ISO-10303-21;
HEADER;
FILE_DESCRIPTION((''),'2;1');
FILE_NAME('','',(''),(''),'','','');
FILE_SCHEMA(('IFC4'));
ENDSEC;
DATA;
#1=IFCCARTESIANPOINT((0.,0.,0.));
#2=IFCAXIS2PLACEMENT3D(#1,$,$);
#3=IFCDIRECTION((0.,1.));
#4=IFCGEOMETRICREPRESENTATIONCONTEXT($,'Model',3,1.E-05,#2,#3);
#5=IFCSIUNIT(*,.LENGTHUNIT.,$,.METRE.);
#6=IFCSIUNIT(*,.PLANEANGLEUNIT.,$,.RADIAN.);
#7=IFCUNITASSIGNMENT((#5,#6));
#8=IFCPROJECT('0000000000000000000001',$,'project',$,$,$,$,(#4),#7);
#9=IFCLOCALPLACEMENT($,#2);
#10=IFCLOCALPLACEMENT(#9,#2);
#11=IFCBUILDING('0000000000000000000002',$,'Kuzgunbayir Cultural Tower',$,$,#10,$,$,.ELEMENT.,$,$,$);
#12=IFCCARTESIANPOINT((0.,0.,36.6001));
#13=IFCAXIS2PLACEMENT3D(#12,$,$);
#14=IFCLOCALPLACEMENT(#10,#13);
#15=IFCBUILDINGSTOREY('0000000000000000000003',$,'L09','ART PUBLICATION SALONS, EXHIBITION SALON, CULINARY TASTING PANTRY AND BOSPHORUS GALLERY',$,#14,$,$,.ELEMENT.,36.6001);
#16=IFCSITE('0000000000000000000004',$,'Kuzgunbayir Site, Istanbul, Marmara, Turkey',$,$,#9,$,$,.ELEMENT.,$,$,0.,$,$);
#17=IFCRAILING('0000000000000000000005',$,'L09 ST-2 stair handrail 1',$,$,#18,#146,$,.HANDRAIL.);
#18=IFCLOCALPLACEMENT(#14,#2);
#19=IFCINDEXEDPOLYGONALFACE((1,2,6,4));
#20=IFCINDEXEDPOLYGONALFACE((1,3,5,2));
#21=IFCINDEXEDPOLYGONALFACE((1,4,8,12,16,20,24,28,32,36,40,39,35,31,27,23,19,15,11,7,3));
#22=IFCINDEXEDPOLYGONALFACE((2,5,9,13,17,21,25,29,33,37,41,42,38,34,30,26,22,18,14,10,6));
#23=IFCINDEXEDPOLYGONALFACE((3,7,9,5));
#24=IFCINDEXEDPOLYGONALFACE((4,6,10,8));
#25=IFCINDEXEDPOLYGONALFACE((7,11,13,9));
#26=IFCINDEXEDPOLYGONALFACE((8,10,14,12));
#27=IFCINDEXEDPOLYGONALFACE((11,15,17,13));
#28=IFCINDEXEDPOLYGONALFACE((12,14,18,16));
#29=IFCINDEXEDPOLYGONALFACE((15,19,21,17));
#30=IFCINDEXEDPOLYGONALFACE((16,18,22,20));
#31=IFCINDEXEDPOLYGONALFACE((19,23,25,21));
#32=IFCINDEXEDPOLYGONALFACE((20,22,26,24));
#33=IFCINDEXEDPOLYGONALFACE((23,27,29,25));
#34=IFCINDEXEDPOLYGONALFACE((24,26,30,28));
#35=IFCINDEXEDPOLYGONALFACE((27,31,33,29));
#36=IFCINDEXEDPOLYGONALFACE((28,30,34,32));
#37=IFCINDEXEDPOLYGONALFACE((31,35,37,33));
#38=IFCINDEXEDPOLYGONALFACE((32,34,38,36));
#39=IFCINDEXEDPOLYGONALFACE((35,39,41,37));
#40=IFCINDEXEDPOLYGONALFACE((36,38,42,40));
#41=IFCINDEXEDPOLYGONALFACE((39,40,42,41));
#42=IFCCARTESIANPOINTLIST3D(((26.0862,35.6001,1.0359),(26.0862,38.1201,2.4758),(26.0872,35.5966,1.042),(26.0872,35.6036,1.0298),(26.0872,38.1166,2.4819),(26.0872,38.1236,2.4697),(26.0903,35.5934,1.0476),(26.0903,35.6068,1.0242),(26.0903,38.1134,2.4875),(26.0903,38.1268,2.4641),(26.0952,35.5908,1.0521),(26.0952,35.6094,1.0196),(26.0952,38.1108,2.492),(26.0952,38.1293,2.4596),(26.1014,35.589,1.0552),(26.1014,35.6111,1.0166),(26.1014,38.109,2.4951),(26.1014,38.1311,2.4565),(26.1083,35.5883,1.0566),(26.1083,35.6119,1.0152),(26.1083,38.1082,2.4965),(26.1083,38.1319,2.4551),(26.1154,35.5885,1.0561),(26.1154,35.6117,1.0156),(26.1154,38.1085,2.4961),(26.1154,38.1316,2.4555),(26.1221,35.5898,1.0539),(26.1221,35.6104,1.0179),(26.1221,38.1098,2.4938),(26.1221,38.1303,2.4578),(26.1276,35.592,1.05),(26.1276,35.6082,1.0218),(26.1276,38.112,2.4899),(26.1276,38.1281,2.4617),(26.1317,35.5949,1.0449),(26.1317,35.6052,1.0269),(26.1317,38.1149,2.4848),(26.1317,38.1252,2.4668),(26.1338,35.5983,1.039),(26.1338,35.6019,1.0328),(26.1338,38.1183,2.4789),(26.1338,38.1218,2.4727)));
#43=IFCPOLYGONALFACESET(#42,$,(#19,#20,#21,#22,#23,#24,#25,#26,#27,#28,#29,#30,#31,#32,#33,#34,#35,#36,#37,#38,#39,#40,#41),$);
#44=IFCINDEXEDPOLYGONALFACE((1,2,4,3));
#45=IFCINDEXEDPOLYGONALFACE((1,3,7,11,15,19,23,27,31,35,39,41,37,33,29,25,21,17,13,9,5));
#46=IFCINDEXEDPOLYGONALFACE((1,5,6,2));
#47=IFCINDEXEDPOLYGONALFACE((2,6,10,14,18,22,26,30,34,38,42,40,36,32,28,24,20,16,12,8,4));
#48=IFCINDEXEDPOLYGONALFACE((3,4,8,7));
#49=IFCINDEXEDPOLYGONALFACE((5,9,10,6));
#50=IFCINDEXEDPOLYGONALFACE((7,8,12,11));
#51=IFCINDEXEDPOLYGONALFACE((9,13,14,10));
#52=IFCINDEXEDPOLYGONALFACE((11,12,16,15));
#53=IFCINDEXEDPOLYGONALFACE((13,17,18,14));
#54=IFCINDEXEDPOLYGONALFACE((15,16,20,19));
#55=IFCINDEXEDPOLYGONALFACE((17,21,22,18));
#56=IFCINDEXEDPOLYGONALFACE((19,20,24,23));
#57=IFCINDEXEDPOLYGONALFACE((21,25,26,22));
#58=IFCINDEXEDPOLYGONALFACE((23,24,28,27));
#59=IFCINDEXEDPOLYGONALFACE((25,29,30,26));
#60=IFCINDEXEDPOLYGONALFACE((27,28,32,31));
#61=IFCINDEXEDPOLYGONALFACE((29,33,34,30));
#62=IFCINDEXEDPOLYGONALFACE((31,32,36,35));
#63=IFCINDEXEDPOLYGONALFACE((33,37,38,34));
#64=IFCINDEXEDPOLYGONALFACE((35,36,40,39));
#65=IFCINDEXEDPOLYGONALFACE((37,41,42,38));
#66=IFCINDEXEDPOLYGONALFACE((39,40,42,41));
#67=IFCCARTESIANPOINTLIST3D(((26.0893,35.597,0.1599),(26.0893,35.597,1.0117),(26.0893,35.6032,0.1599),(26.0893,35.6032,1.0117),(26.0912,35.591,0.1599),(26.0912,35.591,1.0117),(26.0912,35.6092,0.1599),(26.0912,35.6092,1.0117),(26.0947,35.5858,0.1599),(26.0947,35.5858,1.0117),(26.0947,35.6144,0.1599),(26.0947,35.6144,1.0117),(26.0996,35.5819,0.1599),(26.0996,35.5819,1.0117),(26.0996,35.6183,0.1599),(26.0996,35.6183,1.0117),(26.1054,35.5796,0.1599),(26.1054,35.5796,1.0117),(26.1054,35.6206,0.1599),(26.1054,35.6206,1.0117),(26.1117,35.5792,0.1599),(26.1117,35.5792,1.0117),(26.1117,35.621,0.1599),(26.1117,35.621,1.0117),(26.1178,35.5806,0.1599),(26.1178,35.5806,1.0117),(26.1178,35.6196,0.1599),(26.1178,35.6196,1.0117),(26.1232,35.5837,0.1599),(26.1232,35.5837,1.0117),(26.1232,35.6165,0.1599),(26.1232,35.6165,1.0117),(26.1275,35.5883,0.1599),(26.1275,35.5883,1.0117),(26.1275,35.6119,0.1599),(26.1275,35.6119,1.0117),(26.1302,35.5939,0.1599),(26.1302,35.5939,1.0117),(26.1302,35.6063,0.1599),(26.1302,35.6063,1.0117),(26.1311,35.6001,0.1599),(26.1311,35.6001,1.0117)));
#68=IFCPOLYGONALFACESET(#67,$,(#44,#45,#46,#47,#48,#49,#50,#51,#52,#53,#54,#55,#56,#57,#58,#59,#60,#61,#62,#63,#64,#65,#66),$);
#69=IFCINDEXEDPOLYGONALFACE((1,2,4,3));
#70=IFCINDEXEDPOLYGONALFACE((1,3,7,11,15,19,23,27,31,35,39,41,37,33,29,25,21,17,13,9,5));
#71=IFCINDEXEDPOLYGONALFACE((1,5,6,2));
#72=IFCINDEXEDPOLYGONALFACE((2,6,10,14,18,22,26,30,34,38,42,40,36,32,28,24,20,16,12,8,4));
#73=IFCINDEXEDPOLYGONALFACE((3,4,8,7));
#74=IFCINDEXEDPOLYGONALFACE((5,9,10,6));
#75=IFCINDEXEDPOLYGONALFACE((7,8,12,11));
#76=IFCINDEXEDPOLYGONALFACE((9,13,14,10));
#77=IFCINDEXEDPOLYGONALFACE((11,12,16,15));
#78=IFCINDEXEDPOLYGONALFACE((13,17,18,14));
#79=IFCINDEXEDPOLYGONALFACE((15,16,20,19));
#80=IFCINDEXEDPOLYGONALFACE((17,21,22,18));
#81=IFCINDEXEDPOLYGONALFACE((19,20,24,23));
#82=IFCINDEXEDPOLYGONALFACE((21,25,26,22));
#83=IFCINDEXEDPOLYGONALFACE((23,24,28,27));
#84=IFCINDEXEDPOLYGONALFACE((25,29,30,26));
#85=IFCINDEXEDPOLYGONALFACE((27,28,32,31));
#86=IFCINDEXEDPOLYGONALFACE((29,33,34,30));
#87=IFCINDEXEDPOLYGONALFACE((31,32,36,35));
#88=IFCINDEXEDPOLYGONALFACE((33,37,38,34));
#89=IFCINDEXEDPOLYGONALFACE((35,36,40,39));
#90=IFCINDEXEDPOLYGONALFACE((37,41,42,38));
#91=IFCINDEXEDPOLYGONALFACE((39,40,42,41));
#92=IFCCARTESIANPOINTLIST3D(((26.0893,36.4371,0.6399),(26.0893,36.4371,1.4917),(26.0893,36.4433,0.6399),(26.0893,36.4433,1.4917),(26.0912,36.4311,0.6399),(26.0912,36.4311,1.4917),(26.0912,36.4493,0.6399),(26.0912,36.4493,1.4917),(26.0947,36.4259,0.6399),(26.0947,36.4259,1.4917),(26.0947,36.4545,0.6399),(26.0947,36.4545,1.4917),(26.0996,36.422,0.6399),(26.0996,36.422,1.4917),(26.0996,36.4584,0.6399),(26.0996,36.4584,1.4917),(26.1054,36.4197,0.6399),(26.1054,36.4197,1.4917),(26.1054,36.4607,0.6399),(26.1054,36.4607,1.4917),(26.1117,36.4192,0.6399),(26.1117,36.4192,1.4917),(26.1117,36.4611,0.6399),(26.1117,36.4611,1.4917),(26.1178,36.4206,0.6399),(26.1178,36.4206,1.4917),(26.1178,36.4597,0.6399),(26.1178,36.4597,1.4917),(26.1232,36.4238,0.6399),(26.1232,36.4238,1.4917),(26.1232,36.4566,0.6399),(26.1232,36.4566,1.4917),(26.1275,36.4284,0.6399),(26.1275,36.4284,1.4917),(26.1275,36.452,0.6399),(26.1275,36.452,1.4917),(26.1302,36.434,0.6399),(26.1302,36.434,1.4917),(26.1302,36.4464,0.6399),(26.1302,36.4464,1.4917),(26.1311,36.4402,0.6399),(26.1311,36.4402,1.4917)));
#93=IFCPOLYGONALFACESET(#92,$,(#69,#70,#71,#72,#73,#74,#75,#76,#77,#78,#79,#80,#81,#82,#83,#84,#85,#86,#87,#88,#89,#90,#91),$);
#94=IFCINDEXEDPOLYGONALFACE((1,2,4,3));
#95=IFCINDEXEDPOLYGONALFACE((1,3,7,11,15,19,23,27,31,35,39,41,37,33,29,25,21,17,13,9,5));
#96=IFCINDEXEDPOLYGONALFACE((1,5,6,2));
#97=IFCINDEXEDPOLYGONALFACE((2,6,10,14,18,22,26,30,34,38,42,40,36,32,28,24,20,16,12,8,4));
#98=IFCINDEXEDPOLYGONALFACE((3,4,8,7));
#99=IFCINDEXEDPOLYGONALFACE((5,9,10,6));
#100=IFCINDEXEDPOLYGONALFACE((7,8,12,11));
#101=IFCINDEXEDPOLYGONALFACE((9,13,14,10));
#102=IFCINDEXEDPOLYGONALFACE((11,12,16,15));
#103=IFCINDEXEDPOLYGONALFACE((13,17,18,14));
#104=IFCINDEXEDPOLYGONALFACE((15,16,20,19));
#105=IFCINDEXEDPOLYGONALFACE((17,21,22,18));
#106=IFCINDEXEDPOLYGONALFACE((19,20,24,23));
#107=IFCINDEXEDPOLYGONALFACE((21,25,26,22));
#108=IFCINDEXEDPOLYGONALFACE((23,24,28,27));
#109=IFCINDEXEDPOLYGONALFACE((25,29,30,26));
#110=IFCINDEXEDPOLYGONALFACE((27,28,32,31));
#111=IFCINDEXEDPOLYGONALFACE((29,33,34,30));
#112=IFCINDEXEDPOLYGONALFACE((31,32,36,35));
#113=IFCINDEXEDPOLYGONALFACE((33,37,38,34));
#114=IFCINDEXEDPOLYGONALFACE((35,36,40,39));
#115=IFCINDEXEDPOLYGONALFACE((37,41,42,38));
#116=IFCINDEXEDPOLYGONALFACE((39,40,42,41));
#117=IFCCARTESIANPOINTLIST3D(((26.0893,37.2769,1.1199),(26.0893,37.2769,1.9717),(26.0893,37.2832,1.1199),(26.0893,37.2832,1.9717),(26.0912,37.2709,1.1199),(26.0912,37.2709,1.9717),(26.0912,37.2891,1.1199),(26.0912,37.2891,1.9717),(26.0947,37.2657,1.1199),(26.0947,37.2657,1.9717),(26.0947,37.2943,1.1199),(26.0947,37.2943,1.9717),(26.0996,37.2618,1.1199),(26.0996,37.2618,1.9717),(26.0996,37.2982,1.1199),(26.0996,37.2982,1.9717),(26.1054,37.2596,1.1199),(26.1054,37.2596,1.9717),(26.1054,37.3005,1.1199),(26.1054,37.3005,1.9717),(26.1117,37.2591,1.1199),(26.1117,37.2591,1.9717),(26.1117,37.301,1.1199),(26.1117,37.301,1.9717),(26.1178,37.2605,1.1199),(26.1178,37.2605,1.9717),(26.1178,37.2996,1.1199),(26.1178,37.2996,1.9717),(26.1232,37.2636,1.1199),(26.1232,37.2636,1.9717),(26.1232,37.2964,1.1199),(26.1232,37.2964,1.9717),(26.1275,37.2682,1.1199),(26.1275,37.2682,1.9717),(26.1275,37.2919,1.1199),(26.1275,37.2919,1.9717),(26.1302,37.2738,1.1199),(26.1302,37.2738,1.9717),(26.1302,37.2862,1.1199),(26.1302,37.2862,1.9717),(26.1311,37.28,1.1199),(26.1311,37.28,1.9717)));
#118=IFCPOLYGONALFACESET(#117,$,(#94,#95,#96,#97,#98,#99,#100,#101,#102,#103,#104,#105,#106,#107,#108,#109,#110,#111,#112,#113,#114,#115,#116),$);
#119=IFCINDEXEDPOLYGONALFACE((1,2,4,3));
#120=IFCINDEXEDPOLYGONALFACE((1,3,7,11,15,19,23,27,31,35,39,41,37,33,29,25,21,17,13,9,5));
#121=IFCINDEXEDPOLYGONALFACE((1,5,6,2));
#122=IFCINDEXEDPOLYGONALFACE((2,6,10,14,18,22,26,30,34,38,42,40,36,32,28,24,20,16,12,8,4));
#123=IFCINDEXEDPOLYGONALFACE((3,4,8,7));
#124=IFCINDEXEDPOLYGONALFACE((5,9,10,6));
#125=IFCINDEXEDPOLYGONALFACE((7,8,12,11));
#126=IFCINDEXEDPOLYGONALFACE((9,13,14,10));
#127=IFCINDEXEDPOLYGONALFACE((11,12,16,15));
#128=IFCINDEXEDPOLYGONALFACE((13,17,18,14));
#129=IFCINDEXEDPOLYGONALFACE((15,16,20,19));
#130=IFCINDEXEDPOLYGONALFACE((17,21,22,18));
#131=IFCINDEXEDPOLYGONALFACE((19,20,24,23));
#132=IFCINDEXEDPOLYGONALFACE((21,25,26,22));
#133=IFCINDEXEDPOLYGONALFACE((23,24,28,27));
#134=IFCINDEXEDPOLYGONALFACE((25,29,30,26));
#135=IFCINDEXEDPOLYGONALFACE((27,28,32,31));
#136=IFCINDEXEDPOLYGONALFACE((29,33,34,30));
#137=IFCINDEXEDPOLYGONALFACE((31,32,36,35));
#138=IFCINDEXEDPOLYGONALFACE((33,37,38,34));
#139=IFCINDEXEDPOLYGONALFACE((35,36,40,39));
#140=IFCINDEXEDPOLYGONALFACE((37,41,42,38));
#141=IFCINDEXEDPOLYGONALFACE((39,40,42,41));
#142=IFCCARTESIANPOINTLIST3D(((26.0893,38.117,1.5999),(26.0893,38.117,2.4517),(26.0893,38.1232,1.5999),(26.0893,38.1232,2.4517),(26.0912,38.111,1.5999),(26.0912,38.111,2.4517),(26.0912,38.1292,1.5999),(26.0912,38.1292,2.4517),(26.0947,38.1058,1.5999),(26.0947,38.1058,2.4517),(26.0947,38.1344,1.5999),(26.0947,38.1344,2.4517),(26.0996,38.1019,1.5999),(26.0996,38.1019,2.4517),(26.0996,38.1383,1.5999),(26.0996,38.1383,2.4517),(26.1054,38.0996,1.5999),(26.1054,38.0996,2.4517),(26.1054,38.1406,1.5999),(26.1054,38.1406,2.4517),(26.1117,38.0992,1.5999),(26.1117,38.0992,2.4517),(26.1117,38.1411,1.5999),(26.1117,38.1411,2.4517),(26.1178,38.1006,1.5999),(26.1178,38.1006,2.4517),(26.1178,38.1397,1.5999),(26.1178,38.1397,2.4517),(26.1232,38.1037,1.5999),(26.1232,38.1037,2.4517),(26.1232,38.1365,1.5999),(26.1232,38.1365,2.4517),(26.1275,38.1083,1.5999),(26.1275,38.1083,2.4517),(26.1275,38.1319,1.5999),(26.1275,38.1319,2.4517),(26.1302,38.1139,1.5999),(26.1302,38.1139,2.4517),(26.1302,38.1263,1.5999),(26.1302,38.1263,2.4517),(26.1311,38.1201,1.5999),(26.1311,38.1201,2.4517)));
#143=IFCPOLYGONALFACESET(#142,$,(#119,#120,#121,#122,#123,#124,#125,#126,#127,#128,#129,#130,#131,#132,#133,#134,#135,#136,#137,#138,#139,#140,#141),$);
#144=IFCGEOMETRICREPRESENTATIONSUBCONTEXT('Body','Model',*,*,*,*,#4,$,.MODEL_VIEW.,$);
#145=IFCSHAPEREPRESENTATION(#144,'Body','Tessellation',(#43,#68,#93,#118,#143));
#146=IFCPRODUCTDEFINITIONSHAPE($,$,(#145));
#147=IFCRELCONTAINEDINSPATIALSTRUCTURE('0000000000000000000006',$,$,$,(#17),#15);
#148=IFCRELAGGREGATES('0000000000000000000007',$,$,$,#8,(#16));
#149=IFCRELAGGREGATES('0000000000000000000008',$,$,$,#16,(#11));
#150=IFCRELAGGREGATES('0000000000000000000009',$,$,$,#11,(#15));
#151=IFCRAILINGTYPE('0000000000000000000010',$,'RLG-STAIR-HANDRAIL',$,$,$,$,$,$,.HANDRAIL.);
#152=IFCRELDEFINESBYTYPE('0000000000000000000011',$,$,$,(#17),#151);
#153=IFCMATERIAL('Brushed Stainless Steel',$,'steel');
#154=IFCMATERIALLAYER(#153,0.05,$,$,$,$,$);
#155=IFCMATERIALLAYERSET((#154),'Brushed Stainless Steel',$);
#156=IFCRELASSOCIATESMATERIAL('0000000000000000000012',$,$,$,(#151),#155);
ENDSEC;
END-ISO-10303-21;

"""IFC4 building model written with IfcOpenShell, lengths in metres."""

from ifc_helpers import new_model, si_unit, direction, frame, origin, origin_2d, place, context, subcontext, project, spatial, circle, extrude, material, layer, layer_set, type_object, element, save


model = new_model("IFC4")

# Units and contexts
model_context = context("Model", 3, precision=1e-05, world=origin(), true_north=direction((0.0, 1.0)))
body_context = subcontext(model_context, "Body", "Model", "MODEL_VIEW")
ifc_project = project(units=[si_unit("LENGTHUNIT", "METRE"), si_unit("PLANEANGLEUNIT", "RADIAN")], contexts=[model_context])

# Site, building, storey
site_placement = place(None, origin())
site = spatial("IfcSite", under=ifc_project, at=site_placement, Name="Kuzgunbayir Site, Istanbul, Marmara, Turkey", CompositionType="ELEMENT", RefElevation=0.0)
building_placement = place(site_placement, origin())
building = spatial("IfcBuilding", under=site, at=building_placement, Name="Kuzgunbayir Cultural Tower", CompositionType="ELEMENT")
storey_placement = place(building_placement, frame((0.0, 0.0, 36.6001)))
storey = spatial("IfcBuildingStorey", under=building, at=storey_placement, Name="L09", Description="ART PUBLICATION SALONS, EXHIBITION SALON, CULINARY TASTING PANTRY AND BOSPHORUS GALLERY", CompositionType="ELEMENT", Elevation=36.6001)

# Shared definitions
ifc_material_1 = material(Name="Brushed Stainless Steel", Category="steel")

# Railing
ifc_layer_1 = layer(ifc_material_1, 0.05)
ifc_layer_set_1 = layer_set([ifc_layer_1], Name="Brushed Stainless Steel")
railing_type_1 = type_object("IfcRailingType", Name="RLG-STAIR-HANDRAIL", PredefinedType="HANDRAIL", material=ifc_layer_set_1)
railing_1_placement = place(storey_placement, frame((26.1101, 35.6001, 0.1599)))
element("IfcRailing", 1, at=railing_1_placement, inside=storey, type_object=railing_type_1, Name="L09 ST-2 stair handrail 1", PredefinedType="HANDRAIL", context=body_context, shape_type="SweptSolid", body=[
    extrude(circle(Radius=0.0239, at=origin_2d()), frame((0.0, 0.0, 0.876), z_axis=(0.0, 0.868253, 0.496121), x_axis=(-1.0, 0.0, 0.0)), (0.0, 0.0, 1.0), 2.9023),
    extrude(circle(Radius=0.021, at=origin_2d()), origin(), (0.0, 0.0, 1.0), 0.8518),
    extrude(circle(Radius=0.021, at=origin_2d()), frame((0.0, 0.8401, 0.48)), (0.0, 0.0, 1.0), 0.8518),
    extrude(circle(Radius=0.021, at=origin_2d()), frame((0.0, 1.6799, 0.96)), (0.0, 0.0, 1.0), 0.8518),
    extrude(circle(Radius=0.021, at=origin_2d()), frame((0.0, 2.52, 1.4399)), (0.0, 0.0, 1.0), 0.8518),
])

save(model, "model.ifc")
